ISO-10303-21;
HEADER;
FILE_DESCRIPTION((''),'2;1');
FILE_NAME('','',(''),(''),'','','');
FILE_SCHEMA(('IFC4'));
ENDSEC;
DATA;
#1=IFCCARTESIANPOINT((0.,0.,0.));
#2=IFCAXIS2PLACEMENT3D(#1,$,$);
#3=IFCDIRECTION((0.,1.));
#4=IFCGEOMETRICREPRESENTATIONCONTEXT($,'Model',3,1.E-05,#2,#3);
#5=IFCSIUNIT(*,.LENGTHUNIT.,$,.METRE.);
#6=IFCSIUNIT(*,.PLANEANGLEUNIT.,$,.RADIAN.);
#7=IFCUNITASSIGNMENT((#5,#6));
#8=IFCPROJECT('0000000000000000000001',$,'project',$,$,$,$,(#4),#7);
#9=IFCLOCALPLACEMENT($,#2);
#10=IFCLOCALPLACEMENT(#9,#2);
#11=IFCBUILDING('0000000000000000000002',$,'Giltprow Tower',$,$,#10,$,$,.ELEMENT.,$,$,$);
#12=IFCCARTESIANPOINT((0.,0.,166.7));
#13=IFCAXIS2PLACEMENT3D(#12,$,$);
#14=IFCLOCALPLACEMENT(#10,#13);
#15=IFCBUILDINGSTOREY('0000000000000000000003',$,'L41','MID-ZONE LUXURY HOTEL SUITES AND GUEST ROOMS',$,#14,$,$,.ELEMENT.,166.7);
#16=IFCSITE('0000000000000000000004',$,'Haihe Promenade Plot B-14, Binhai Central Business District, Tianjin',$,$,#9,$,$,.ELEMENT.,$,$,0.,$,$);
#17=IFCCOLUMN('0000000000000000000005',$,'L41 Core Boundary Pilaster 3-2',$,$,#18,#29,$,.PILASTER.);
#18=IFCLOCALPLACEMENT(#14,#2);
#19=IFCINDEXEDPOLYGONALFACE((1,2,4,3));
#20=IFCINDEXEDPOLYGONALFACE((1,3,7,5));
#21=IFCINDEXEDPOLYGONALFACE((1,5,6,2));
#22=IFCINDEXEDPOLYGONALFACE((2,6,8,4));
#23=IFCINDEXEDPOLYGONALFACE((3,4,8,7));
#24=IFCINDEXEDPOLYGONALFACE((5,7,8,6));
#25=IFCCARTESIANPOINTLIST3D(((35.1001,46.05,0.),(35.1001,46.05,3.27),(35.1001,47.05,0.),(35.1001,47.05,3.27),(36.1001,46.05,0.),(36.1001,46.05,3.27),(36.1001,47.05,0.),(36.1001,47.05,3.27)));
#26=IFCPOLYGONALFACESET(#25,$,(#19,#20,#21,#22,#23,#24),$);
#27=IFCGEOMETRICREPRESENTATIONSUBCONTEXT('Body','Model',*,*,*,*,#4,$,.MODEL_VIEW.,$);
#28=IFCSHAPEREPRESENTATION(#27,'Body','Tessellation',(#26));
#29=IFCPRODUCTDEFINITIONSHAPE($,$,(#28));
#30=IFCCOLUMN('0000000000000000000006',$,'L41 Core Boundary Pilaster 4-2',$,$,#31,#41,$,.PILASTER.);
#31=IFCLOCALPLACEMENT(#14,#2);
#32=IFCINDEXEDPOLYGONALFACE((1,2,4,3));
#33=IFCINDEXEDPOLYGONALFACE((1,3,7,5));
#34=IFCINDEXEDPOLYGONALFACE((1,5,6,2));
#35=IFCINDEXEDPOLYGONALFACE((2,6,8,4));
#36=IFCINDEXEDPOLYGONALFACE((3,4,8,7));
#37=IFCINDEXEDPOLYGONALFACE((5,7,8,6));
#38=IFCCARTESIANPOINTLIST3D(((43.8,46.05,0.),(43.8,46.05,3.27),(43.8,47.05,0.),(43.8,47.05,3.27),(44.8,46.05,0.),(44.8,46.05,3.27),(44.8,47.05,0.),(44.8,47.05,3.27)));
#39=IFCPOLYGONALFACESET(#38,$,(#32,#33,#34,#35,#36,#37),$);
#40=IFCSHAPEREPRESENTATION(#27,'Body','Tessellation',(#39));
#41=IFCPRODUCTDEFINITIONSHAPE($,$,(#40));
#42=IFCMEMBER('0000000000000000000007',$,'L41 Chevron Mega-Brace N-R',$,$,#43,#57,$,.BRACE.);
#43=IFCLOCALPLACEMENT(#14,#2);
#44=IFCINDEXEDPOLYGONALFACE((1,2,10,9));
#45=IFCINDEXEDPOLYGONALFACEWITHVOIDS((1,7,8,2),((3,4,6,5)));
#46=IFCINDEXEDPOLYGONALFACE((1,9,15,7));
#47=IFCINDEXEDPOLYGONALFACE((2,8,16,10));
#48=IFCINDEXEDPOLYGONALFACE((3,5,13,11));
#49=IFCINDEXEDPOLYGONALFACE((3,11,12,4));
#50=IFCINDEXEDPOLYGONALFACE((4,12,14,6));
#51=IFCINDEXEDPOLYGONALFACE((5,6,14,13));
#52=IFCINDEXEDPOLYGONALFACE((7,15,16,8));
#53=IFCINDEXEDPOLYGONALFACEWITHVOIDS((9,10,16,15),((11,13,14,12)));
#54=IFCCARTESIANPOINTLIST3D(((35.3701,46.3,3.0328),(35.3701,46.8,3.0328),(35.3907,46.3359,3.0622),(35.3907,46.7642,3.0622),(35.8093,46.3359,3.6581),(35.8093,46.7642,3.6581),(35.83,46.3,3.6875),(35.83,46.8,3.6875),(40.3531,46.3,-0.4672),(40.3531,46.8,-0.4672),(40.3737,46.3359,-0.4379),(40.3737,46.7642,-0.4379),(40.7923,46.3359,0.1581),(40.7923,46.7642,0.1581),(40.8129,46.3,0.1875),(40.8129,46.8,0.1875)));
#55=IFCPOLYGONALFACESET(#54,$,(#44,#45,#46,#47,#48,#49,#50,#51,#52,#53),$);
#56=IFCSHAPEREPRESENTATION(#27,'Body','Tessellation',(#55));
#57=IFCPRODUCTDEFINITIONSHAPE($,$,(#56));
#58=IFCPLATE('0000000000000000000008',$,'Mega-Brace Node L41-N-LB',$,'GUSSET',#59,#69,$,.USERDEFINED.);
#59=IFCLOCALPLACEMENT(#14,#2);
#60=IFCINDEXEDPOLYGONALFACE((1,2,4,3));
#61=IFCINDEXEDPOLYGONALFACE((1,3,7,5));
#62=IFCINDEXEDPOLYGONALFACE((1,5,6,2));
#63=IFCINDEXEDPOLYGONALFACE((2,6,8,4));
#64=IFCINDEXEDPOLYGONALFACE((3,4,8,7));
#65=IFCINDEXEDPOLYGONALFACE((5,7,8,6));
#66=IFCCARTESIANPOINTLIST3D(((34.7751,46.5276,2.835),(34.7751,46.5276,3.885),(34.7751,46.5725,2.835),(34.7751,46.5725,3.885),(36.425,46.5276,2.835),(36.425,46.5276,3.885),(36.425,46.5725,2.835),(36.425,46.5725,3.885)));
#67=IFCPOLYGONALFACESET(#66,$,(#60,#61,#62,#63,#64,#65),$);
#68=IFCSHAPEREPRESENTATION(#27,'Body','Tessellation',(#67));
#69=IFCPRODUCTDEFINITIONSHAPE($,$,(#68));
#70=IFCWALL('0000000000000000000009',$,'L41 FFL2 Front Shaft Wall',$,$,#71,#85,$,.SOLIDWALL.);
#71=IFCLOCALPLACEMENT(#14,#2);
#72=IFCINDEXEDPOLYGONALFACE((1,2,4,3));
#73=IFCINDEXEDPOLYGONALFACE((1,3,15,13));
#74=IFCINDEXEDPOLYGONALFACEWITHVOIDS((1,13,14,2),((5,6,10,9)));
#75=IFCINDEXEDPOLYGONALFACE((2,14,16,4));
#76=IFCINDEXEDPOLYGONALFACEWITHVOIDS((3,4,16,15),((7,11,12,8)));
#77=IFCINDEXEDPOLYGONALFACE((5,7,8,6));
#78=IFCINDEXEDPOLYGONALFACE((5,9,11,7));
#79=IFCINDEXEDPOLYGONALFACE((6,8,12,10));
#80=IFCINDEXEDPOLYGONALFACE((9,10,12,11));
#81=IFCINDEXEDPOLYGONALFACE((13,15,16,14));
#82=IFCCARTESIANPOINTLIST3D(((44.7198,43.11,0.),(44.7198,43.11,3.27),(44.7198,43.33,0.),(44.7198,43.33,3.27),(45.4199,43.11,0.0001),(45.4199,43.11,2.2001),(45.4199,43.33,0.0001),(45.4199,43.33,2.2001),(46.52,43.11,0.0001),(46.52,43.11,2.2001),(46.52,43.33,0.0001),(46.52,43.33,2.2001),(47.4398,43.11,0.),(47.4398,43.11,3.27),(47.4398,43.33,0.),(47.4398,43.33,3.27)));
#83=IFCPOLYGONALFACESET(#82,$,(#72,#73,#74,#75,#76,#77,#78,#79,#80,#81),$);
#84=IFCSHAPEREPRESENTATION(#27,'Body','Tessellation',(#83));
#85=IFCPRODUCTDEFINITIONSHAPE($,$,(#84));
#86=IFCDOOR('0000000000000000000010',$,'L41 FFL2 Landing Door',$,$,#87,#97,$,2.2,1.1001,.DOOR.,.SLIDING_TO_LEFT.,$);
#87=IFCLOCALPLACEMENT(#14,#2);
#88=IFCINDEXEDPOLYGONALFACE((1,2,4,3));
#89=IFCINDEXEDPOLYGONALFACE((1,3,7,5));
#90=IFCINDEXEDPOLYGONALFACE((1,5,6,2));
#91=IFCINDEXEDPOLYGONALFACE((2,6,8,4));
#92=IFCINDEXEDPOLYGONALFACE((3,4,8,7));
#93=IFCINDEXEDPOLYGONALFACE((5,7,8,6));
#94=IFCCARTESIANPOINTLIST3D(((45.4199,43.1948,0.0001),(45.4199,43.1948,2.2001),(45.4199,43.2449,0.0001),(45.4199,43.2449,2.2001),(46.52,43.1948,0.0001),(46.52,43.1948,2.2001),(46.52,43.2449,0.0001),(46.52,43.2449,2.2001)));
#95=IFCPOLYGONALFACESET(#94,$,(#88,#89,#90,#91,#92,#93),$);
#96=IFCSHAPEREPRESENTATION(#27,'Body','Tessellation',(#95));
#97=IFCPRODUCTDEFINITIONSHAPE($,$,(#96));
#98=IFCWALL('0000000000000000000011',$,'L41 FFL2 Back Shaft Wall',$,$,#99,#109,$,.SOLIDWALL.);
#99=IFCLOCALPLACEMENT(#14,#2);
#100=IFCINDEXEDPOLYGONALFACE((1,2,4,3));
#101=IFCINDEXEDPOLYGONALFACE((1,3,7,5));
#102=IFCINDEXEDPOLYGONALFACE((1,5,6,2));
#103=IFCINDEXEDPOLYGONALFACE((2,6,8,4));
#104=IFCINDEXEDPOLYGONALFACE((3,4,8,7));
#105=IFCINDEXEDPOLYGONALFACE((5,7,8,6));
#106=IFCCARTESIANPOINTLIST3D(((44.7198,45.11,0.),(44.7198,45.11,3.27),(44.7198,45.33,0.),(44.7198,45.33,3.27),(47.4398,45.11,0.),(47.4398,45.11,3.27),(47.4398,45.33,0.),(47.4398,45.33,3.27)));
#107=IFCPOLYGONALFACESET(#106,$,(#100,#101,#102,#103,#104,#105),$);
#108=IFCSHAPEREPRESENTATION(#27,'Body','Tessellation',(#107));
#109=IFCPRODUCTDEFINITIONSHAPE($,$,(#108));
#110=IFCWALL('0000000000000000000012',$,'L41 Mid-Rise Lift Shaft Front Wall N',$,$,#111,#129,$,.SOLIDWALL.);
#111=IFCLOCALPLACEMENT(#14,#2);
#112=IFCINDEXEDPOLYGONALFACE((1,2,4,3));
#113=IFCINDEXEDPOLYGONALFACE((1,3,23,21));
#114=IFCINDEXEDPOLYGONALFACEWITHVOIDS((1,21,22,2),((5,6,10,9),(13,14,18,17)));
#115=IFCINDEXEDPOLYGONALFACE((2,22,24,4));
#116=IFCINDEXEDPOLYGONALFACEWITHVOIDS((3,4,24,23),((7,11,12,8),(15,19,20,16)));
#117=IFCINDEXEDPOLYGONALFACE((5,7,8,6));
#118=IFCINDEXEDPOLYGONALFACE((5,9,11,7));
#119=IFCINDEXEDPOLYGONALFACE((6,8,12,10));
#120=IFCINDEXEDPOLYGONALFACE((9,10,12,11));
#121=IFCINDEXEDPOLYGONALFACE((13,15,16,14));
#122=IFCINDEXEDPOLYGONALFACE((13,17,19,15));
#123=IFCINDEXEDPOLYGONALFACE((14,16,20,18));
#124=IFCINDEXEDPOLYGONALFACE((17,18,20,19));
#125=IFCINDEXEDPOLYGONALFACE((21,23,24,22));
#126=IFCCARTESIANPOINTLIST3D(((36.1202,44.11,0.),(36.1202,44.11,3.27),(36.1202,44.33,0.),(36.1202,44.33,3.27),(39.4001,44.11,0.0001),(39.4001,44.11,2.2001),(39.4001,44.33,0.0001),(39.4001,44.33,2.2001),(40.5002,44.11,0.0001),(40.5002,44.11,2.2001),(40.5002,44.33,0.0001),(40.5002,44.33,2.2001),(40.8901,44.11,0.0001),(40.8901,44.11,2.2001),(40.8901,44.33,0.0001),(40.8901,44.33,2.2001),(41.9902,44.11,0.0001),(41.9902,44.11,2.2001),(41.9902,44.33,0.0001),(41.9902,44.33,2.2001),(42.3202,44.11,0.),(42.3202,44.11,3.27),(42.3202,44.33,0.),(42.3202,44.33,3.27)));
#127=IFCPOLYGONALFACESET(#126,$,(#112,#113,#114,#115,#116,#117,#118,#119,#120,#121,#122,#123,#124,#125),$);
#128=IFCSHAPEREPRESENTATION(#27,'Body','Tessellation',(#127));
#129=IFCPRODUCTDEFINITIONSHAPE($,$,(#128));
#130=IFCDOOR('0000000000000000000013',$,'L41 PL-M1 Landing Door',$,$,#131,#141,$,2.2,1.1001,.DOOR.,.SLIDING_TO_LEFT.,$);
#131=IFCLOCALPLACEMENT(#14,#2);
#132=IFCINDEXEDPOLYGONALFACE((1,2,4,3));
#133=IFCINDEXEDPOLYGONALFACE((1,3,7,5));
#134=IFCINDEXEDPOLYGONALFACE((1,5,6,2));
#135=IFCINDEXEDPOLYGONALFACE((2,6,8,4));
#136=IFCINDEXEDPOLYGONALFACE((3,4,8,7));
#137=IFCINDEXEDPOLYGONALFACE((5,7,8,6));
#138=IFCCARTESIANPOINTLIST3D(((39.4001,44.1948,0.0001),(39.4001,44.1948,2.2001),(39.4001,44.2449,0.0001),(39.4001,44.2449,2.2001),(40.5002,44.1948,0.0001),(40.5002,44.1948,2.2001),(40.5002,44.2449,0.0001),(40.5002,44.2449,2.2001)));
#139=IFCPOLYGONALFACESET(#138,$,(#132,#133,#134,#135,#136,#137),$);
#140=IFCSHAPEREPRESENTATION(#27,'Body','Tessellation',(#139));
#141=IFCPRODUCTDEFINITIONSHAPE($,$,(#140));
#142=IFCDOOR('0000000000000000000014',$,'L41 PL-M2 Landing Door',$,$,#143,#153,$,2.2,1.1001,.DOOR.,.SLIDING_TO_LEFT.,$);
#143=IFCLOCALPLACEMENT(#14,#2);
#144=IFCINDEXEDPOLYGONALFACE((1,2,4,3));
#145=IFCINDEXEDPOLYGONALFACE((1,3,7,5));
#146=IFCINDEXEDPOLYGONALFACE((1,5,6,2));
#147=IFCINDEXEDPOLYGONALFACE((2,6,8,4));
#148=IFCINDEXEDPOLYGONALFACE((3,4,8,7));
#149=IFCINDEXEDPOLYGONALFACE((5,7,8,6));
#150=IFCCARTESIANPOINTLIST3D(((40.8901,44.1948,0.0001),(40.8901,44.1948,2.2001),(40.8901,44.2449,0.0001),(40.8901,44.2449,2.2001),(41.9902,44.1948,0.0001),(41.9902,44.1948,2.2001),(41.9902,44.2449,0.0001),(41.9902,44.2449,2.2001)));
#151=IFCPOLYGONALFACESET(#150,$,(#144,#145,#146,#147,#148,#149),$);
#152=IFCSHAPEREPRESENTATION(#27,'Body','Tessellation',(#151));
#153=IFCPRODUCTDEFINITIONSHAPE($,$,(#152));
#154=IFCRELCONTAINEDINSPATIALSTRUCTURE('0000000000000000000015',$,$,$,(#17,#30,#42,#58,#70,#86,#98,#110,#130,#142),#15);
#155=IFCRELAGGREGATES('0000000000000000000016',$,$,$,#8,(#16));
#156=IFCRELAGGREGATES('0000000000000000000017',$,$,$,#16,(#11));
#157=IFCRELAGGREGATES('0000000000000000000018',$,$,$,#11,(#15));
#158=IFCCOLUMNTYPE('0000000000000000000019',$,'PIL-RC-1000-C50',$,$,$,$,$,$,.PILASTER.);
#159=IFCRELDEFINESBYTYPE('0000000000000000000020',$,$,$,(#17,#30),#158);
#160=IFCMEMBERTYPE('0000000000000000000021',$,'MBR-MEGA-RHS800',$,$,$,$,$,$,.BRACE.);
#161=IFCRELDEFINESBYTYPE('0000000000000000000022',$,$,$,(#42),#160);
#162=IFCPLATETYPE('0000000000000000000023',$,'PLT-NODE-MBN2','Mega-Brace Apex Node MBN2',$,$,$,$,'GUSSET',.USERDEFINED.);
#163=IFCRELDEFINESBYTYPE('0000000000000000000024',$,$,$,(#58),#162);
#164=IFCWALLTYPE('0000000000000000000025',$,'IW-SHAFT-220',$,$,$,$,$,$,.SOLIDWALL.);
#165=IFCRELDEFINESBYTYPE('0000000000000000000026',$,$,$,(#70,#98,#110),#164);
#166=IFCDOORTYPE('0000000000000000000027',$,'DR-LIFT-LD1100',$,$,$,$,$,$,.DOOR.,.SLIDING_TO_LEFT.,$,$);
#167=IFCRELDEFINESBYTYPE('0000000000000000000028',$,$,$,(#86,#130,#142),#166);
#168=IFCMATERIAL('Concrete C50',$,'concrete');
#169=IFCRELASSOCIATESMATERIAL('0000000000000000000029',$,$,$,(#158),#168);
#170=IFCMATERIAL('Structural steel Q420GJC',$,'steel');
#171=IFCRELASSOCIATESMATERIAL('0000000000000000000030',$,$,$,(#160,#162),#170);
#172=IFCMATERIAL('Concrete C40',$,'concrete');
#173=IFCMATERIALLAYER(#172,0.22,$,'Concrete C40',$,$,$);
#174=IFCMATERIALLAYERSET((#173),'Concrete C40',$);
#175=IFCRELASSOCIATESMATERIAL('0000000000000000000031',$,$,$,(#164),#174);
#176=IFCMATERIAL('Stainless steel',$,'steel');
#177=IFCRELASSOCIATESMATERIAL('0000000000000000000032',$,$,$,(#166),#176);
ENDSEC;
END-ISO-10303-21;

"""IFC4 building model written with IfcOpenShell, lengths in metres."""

from ifc_helpers import new_model, si_unit, direction, frame, frame_2d, origin, origin_2d, place, context, subcontext, project, spatial, rectangle, hollow_rectangle, extrude, source, transform, mapped, material, layer, layer_set, material_profile, profile_set, type_object, element, fill, save


model = new_model("IFC4")

# Units and contexts
model_context = context("Model", 3, precision=1e-05, world=origin(), true_north=direction((0.0, 1.0)))
body_context = subcontext(model_context, "Body", "Model", "MODEL_VIEW")
ifc_project = project(units=[si_unit("LENGTHUNIT", "METRE"), si_unit("PLANEANGLEUNIT", "RADIAN")], contexts=[model_context])

# Site, building, storey
site_placement = place(None, origin())
site = spatial("IfcSite", under=ifc_project, at=site_placement, Name="Haihe Promenade Plot B-14, Binhai Central Business District, Tianjin", CompositionType="ELEMENT", RefElevation=0.0)
building_placement = place(site_placement, origin())
building = spatial("IfcBuilding", under=site, at=building_placement, Name="Giltprow Tower", CompositionType="ELEMENT")
storey_placement = place(building_placement, frame((0.0, 0.0, 166.7)))
storey = spatial("IfcBuildingStorey", under=building, at=storey_placement, Name="L41", Description="MID-ZONE LUXURY HOTEL SUITES AND GUEST ROOMS", CompositionType="ELEMENT", Elevation=166.7)

# Columns
ifc_material_1 = material(Name="Concrete C50", Category="concrete")
ifc_material_profile_1 = material_profile(ifc_material_1, rectangle(XDim=1.0, YDim=1.0, at=origin_2d()), Name="RC 1000x1000")
ifc_profile_set_1 = profile_set([ifc_material_profile_1], Name="Concrete C50")
column_type = type_object("IfcColumnType", Name="PIL-RC-1000-C50", PredefinedType="PILASTER", material=ifc_profile_set_1)
shared_shape_1 = source(origin(), body_context, "Body", "SweptSolid", [
    extrude(rectangle(XDim=1.0, YDim=1.0, at=origin_2d()), origin(), (0.0, 0.0, 1.0), 3.27),
])
for number, where, z_axis, x_axis, name in (
    (1, (35.6001, 46.55, 0.0), (0.0, 0.0, 1.0), (1.0, 0.0, 0.0), "L41 Core Boundary Pilaster 3-2"),
    (2, (44.3, 46.55, 0.0), (0.0, 0.0, 1.0), (1.0, 0.0, 0.0), "L41 Core Boundary Pilaster 4-2"),
):
    element("IfcColumn", number, at=place(storey_placement, frame(where, z_axis=z_axis, x_axis=x_axis)), inside=storey, type_object=column_type, Name=name, PredefinedType="PILASTER", context=body_context, shape_type="MappedRepresentation", body=[
        mapped(shared_shape_1, transform((0.0, 0.0, 0.0), x_axis=(1.0, 0.0, 0.0), y_axis=(0.0, 1.0, 0.0), z_axis=(0.0, 0.0, 1.0), scale=1.0)),
    ])

# Member
ifc_material_2 = material(Name="Structural steel Q420GJC", Category="steel")
ifc_material_profile_2 = material_profile(ifc_material_2, hollow_rectangle(XDim=0.5, YDim=0.8, WallThickness=0.0359, at=origin_2d()), Name="RHS 800x500x36")
ifc_profile_set_2 = profile_set([ifc_material_profile_2], Name="Structural steel Q420GJC")
member_type = type_object("IfcMemberType", Name="MBR-MEGA-RHS800", PredefinedType="BRACE", material=ifc_profile_set_2)
shared_shape_2 = source(origin(), body_context, "Body", "SweptSolid", [
    extrude(hollow_rectangle(XDim=0.5, YDim=0.8, WallThickness=0.0359, at=origin_2d()), origin(), (0.0, 0.0, 1.0), 6.0894),
])
member_placement = place(storey_placement, frame((40.583, 46.55, -0.1399), z_axis=(-0.818308, 0.0, 0.57478), x_axis=(0.0, -1.0, 0.0)))
element("IfcMember", 3, at=member_placement, inside=storey, type_object=member_type, Name="L41 Chevron Mega-Brace N-R", PredefinedType="BRACE", context=body_context, shape_type="MappedRepresentation", body=[
    mapped(shared_shape_2, transform((0.0, 0.0, 0.0), x_axis=(1.0, 0.0, 0.0), y_axis=(0.0, 1.0, 0.0), z_axis=(0.0, 0.0, 1.0), scale=1.0)),
])

# Plate
plate_type = type_object("IfcPlateType", Name="PLT-NODE-MBN2", Description="Mega-Brace Apex Node MBN2", ElementType="GUSSET", PredefinedType="USERDEFINED", material=ifc_material_2)
shared_shape_3 = source(origin(), body_context, "Body", "SweptSolid", [
    extrude(rectangle(XDim=1.6499, YDim=0.0449, at=origin_2d()), origin(), (0.0, 0.0, 1.0), 1.05),
])
plate_placement = place(storey_placement, frame((35.6001, 46.55, 2.835), z_axis=(0.0, 0.0, 1.0), x_axis=(1.0, 0.0, 0.0)))
element("IfcPlate", 4, at=plate_placement, inside=storey, type_object=plate_type, Name="Mega-Brace Node L41-N-LB", ObjectType="GUSSET", PredefinedType="USERDEFINED", context=body_context, shape_type="MappedRepresentation", body=[
    mapped(shared_shape_3, transform((0.0, 0.0, 0.0), x_axis=(1.0, 0.0, 0.0), y_axis=(0.0, 1.0, 0.0), z_axis=(0.0, 0.0, 1.0), scale=1.0)),
])

# Wall, opening, door
ifc_material_3 = material(Name="Concrete C40", Category="concrete")
ifc_layer_1 = layer(ifc_material_3, 0.22, Name="Concrete C40")
ifc_layer_set_1 = layer_set([ifc_layer_1], Name="Concrete C40")
wall_type_1 = type_object("IfcWallType", Name="IW-SHAFT-220", PredefinedType="SOLIDWALL", material=ifc_layer_set_1)
wall_1_placement = place(storey_placement, frame((44.72, 43.22, 0.0), z_axis=(0.0, 0.0, 1.0), x_axis=(1.0, 0.0, 0.0)))
wall_1 = element("IfcWall", 5, at=wall_1_placement, inside=storey, type_object=wall_type_1, Name="L41 FFL2 Front Shaft Wall", PredefinedType="SOLIDWALL", context=body_context, shape_type="SweptSolid", body=[
    extrude(rectangle(XDim=2.72, YDim=0.22, at=frame_2d((1.3599, 0.0))), origin(), (0.0, 0.0, 1.0), 3.27),
])
opening_1_placement = place(wall_1_placement, frame((0.7, 0.0, 0.0)))
opening_1 = element("IfcOpeningElement", 6, at=opening_1_placement, cuts=wall_1, PredefinedType="OPENING", context=body_context, shape_type="SweptSolid", body=[
    extrude(rectangle(XDim=1.1001, YDim=2.2, at=frame_2d((0.55, 1.1001))), frame((0.0, 0.1199, 0.0), z_axis=(0.0, -1.0, 0.0), x_axis=(1.0, 0.0, 0.0)), (0.0, 0.0, 1.0), 0.24),
])
ifc_material_4 = material(Name="Stainless steel", Category="steel")
door_type_1 = type_object("IfcDoorType", Name="DR-LIFT-LD1100", OperationType="SLIDING_TO_LEFT", PredefinedType="DOOR", material=ifc_material_4)
shared_shape_4 = source(origin(), body_context, "Body", "SweptSolid", [
    extrude(rectangle(XDim=1.1001, YDim=2.2, at=frame_2d((0.55, 1.1001))), frame((0.0, 0.0249, 0.0), z_axis=(0.0, -1.0, 0.0), x_axis=(1.0, 0.0, 0.0)), (0.0, 0.0, 1.0), 0.05),
])
door_1_placement = place(opening_1_placement, origin())
door_1 = element("IfcDoor", 7, at=door_1_placement, inside=storey, type_object=door_type_1, Name="L41 FFL2 Landing Door", OperationType="SLIDING_TO_LEFT", OverallHeight=2.2, OverallWidth=1.1001, PredefinedType="DOOR", context=body_context, shape_type="MappedRepresentation", body=[
    mapped(shared_shape_4, transform((0.0, 0.0, 0.0), x_axis=(1.0, 0.0, 0.0), y_axis=(0.0, 1.0, 0.0), z_axis=(0.0, 0.0, 1.0), scale=1.0)),
])
fill(opening_1, door_1)

# Wall
wall_2_placement = place(storey_placement, frame((44.72, 45.22, 0.0), z_axis=(0.0, 0.0, 1.0), x_axis=(1.0, 0.0, 0.0)))
element("IfcWall", 8, at=wall_2_placement, inside=storey, type_object=wall_type_1, Name="L41 FFL2 Back Shaft Wall", PredefinedType="SOLIDWALL", context=body_context, shape_type="SweptSolid", body=[
    extrude(rectangle(XDim=2.72, YDim=0.22, at=frame_2d((1.3599, 0.0))), origin(), (0.0, 0.0, 1.0), 3.27),
])

# Wall, openings, doors
wall_3_placement = place(storey_placement, frame((36.1201, 44.22, 0.0), z_axis=(0.0, 0.0, 1.0), x_axis=(1.0, 0.0, 0.0)))
wall_3 = element("IfcWall", 9, at=wall_3_placement, inside=storey, type_object=wall_type_1, Name="L41 Mid-Rise Lift Shaft Front Wall N", PredefinedType="SOLIDWALL", context=body_context, shape_type="SweptSolid", body=[
    extrude(rectangle(XDim=6.2, YDim=0.22, at=frame_2d((3.1001, 0.0))), origin(), (0.0, 0.0, 1.0), 3.27),
])
opening_2_placement = place(wall_3_placement, frame((3.28, 0.0, 0.0)))
opening_2 = element("IfcOpeningElement", 10, at=opening_2_placement, cuts=wall_3, PredefinedType="OPENING", context=body_context, shape_type="SweptSolid", body=[
    extrude(rectangle(XDim=1.1001, YDim=2.2, at=frame_2d((0.55, 1.1001))), frame((0.0, 0.1199, 0.0), z_axis=(0.0, -1.0, 0.0), x_axis=(1.0, 0.0, 0.0)), (0.0, 0.0, 1.0), 0.24),
])
opening_3_placement = place(wall_3_placement, frame((4.77, 0.0, 0.0)))
opening_3 = element("IfcOpeningElement", 11, at=opening_3_placement, cuts=wall_3, PredefinedType="OPENING", context=body_context, shape_type="SweptSolid", body=[
    extrude(rectangle(XDim=1.1001, YDim=2.2, at=frame_2d((0.55, 1.1001))), frame((0.0, 0.1199, 0.0), z_axis=(0.0, -1.0, 0.0), x_axis=(1.0, 0.0, 0.0)), (0.0, 0.0, 1.0), 0.24),
])
door_2_placement = place(opening_2_placement, origin())
door_2 = element("IfcDoor", 12, at=door_2_placement, inside=storey, type_object=door_type_1, Name="L41 PL-M1 Landing Door", OperationType="SLIDING_TO_LEFT", OverallHeight=2.2, OverallWidth=1.1001, PredefinedType="DOOR", context=body_context, shape_type="MappedRepresentation", body=[
    mapped(shared_shape_4, transform((0.0, 0.0, 0.0), x_axis=(1.0, 0.0, 0.0), y_axis=(0.0, 1.0, 0.0), z_axis=(0.0, 0.0, 1.0), scale=1.0)),
])
fill(opening_2, door_2)
door_3_placement = place(opening_3_placement, origin())
door_3 = element("IfcDoor", 13, at=door_3_placement, inside=storey, type_object=door_type_1, Name="L41 PL-M2 Landing Door", OperationType="SLIDING_TO_LEFT", OverallHeight=2.2, OverallWidth=1.1001, PredefinedType="DOOR", context=body_context, shape_type="MappedRepresentation", body=[
    mapped(shared_shape_4, transform((0.0, 0.0, 0.0), x_axis=(1.0, 0.0, 0.0), y_axis=(0.0, 1.0, 0.0), z_axis=(0.0, 0.0, 1.0), scale=1.0)),
])
fill(opening_3, door_3)

save(model, "model.ifc")
